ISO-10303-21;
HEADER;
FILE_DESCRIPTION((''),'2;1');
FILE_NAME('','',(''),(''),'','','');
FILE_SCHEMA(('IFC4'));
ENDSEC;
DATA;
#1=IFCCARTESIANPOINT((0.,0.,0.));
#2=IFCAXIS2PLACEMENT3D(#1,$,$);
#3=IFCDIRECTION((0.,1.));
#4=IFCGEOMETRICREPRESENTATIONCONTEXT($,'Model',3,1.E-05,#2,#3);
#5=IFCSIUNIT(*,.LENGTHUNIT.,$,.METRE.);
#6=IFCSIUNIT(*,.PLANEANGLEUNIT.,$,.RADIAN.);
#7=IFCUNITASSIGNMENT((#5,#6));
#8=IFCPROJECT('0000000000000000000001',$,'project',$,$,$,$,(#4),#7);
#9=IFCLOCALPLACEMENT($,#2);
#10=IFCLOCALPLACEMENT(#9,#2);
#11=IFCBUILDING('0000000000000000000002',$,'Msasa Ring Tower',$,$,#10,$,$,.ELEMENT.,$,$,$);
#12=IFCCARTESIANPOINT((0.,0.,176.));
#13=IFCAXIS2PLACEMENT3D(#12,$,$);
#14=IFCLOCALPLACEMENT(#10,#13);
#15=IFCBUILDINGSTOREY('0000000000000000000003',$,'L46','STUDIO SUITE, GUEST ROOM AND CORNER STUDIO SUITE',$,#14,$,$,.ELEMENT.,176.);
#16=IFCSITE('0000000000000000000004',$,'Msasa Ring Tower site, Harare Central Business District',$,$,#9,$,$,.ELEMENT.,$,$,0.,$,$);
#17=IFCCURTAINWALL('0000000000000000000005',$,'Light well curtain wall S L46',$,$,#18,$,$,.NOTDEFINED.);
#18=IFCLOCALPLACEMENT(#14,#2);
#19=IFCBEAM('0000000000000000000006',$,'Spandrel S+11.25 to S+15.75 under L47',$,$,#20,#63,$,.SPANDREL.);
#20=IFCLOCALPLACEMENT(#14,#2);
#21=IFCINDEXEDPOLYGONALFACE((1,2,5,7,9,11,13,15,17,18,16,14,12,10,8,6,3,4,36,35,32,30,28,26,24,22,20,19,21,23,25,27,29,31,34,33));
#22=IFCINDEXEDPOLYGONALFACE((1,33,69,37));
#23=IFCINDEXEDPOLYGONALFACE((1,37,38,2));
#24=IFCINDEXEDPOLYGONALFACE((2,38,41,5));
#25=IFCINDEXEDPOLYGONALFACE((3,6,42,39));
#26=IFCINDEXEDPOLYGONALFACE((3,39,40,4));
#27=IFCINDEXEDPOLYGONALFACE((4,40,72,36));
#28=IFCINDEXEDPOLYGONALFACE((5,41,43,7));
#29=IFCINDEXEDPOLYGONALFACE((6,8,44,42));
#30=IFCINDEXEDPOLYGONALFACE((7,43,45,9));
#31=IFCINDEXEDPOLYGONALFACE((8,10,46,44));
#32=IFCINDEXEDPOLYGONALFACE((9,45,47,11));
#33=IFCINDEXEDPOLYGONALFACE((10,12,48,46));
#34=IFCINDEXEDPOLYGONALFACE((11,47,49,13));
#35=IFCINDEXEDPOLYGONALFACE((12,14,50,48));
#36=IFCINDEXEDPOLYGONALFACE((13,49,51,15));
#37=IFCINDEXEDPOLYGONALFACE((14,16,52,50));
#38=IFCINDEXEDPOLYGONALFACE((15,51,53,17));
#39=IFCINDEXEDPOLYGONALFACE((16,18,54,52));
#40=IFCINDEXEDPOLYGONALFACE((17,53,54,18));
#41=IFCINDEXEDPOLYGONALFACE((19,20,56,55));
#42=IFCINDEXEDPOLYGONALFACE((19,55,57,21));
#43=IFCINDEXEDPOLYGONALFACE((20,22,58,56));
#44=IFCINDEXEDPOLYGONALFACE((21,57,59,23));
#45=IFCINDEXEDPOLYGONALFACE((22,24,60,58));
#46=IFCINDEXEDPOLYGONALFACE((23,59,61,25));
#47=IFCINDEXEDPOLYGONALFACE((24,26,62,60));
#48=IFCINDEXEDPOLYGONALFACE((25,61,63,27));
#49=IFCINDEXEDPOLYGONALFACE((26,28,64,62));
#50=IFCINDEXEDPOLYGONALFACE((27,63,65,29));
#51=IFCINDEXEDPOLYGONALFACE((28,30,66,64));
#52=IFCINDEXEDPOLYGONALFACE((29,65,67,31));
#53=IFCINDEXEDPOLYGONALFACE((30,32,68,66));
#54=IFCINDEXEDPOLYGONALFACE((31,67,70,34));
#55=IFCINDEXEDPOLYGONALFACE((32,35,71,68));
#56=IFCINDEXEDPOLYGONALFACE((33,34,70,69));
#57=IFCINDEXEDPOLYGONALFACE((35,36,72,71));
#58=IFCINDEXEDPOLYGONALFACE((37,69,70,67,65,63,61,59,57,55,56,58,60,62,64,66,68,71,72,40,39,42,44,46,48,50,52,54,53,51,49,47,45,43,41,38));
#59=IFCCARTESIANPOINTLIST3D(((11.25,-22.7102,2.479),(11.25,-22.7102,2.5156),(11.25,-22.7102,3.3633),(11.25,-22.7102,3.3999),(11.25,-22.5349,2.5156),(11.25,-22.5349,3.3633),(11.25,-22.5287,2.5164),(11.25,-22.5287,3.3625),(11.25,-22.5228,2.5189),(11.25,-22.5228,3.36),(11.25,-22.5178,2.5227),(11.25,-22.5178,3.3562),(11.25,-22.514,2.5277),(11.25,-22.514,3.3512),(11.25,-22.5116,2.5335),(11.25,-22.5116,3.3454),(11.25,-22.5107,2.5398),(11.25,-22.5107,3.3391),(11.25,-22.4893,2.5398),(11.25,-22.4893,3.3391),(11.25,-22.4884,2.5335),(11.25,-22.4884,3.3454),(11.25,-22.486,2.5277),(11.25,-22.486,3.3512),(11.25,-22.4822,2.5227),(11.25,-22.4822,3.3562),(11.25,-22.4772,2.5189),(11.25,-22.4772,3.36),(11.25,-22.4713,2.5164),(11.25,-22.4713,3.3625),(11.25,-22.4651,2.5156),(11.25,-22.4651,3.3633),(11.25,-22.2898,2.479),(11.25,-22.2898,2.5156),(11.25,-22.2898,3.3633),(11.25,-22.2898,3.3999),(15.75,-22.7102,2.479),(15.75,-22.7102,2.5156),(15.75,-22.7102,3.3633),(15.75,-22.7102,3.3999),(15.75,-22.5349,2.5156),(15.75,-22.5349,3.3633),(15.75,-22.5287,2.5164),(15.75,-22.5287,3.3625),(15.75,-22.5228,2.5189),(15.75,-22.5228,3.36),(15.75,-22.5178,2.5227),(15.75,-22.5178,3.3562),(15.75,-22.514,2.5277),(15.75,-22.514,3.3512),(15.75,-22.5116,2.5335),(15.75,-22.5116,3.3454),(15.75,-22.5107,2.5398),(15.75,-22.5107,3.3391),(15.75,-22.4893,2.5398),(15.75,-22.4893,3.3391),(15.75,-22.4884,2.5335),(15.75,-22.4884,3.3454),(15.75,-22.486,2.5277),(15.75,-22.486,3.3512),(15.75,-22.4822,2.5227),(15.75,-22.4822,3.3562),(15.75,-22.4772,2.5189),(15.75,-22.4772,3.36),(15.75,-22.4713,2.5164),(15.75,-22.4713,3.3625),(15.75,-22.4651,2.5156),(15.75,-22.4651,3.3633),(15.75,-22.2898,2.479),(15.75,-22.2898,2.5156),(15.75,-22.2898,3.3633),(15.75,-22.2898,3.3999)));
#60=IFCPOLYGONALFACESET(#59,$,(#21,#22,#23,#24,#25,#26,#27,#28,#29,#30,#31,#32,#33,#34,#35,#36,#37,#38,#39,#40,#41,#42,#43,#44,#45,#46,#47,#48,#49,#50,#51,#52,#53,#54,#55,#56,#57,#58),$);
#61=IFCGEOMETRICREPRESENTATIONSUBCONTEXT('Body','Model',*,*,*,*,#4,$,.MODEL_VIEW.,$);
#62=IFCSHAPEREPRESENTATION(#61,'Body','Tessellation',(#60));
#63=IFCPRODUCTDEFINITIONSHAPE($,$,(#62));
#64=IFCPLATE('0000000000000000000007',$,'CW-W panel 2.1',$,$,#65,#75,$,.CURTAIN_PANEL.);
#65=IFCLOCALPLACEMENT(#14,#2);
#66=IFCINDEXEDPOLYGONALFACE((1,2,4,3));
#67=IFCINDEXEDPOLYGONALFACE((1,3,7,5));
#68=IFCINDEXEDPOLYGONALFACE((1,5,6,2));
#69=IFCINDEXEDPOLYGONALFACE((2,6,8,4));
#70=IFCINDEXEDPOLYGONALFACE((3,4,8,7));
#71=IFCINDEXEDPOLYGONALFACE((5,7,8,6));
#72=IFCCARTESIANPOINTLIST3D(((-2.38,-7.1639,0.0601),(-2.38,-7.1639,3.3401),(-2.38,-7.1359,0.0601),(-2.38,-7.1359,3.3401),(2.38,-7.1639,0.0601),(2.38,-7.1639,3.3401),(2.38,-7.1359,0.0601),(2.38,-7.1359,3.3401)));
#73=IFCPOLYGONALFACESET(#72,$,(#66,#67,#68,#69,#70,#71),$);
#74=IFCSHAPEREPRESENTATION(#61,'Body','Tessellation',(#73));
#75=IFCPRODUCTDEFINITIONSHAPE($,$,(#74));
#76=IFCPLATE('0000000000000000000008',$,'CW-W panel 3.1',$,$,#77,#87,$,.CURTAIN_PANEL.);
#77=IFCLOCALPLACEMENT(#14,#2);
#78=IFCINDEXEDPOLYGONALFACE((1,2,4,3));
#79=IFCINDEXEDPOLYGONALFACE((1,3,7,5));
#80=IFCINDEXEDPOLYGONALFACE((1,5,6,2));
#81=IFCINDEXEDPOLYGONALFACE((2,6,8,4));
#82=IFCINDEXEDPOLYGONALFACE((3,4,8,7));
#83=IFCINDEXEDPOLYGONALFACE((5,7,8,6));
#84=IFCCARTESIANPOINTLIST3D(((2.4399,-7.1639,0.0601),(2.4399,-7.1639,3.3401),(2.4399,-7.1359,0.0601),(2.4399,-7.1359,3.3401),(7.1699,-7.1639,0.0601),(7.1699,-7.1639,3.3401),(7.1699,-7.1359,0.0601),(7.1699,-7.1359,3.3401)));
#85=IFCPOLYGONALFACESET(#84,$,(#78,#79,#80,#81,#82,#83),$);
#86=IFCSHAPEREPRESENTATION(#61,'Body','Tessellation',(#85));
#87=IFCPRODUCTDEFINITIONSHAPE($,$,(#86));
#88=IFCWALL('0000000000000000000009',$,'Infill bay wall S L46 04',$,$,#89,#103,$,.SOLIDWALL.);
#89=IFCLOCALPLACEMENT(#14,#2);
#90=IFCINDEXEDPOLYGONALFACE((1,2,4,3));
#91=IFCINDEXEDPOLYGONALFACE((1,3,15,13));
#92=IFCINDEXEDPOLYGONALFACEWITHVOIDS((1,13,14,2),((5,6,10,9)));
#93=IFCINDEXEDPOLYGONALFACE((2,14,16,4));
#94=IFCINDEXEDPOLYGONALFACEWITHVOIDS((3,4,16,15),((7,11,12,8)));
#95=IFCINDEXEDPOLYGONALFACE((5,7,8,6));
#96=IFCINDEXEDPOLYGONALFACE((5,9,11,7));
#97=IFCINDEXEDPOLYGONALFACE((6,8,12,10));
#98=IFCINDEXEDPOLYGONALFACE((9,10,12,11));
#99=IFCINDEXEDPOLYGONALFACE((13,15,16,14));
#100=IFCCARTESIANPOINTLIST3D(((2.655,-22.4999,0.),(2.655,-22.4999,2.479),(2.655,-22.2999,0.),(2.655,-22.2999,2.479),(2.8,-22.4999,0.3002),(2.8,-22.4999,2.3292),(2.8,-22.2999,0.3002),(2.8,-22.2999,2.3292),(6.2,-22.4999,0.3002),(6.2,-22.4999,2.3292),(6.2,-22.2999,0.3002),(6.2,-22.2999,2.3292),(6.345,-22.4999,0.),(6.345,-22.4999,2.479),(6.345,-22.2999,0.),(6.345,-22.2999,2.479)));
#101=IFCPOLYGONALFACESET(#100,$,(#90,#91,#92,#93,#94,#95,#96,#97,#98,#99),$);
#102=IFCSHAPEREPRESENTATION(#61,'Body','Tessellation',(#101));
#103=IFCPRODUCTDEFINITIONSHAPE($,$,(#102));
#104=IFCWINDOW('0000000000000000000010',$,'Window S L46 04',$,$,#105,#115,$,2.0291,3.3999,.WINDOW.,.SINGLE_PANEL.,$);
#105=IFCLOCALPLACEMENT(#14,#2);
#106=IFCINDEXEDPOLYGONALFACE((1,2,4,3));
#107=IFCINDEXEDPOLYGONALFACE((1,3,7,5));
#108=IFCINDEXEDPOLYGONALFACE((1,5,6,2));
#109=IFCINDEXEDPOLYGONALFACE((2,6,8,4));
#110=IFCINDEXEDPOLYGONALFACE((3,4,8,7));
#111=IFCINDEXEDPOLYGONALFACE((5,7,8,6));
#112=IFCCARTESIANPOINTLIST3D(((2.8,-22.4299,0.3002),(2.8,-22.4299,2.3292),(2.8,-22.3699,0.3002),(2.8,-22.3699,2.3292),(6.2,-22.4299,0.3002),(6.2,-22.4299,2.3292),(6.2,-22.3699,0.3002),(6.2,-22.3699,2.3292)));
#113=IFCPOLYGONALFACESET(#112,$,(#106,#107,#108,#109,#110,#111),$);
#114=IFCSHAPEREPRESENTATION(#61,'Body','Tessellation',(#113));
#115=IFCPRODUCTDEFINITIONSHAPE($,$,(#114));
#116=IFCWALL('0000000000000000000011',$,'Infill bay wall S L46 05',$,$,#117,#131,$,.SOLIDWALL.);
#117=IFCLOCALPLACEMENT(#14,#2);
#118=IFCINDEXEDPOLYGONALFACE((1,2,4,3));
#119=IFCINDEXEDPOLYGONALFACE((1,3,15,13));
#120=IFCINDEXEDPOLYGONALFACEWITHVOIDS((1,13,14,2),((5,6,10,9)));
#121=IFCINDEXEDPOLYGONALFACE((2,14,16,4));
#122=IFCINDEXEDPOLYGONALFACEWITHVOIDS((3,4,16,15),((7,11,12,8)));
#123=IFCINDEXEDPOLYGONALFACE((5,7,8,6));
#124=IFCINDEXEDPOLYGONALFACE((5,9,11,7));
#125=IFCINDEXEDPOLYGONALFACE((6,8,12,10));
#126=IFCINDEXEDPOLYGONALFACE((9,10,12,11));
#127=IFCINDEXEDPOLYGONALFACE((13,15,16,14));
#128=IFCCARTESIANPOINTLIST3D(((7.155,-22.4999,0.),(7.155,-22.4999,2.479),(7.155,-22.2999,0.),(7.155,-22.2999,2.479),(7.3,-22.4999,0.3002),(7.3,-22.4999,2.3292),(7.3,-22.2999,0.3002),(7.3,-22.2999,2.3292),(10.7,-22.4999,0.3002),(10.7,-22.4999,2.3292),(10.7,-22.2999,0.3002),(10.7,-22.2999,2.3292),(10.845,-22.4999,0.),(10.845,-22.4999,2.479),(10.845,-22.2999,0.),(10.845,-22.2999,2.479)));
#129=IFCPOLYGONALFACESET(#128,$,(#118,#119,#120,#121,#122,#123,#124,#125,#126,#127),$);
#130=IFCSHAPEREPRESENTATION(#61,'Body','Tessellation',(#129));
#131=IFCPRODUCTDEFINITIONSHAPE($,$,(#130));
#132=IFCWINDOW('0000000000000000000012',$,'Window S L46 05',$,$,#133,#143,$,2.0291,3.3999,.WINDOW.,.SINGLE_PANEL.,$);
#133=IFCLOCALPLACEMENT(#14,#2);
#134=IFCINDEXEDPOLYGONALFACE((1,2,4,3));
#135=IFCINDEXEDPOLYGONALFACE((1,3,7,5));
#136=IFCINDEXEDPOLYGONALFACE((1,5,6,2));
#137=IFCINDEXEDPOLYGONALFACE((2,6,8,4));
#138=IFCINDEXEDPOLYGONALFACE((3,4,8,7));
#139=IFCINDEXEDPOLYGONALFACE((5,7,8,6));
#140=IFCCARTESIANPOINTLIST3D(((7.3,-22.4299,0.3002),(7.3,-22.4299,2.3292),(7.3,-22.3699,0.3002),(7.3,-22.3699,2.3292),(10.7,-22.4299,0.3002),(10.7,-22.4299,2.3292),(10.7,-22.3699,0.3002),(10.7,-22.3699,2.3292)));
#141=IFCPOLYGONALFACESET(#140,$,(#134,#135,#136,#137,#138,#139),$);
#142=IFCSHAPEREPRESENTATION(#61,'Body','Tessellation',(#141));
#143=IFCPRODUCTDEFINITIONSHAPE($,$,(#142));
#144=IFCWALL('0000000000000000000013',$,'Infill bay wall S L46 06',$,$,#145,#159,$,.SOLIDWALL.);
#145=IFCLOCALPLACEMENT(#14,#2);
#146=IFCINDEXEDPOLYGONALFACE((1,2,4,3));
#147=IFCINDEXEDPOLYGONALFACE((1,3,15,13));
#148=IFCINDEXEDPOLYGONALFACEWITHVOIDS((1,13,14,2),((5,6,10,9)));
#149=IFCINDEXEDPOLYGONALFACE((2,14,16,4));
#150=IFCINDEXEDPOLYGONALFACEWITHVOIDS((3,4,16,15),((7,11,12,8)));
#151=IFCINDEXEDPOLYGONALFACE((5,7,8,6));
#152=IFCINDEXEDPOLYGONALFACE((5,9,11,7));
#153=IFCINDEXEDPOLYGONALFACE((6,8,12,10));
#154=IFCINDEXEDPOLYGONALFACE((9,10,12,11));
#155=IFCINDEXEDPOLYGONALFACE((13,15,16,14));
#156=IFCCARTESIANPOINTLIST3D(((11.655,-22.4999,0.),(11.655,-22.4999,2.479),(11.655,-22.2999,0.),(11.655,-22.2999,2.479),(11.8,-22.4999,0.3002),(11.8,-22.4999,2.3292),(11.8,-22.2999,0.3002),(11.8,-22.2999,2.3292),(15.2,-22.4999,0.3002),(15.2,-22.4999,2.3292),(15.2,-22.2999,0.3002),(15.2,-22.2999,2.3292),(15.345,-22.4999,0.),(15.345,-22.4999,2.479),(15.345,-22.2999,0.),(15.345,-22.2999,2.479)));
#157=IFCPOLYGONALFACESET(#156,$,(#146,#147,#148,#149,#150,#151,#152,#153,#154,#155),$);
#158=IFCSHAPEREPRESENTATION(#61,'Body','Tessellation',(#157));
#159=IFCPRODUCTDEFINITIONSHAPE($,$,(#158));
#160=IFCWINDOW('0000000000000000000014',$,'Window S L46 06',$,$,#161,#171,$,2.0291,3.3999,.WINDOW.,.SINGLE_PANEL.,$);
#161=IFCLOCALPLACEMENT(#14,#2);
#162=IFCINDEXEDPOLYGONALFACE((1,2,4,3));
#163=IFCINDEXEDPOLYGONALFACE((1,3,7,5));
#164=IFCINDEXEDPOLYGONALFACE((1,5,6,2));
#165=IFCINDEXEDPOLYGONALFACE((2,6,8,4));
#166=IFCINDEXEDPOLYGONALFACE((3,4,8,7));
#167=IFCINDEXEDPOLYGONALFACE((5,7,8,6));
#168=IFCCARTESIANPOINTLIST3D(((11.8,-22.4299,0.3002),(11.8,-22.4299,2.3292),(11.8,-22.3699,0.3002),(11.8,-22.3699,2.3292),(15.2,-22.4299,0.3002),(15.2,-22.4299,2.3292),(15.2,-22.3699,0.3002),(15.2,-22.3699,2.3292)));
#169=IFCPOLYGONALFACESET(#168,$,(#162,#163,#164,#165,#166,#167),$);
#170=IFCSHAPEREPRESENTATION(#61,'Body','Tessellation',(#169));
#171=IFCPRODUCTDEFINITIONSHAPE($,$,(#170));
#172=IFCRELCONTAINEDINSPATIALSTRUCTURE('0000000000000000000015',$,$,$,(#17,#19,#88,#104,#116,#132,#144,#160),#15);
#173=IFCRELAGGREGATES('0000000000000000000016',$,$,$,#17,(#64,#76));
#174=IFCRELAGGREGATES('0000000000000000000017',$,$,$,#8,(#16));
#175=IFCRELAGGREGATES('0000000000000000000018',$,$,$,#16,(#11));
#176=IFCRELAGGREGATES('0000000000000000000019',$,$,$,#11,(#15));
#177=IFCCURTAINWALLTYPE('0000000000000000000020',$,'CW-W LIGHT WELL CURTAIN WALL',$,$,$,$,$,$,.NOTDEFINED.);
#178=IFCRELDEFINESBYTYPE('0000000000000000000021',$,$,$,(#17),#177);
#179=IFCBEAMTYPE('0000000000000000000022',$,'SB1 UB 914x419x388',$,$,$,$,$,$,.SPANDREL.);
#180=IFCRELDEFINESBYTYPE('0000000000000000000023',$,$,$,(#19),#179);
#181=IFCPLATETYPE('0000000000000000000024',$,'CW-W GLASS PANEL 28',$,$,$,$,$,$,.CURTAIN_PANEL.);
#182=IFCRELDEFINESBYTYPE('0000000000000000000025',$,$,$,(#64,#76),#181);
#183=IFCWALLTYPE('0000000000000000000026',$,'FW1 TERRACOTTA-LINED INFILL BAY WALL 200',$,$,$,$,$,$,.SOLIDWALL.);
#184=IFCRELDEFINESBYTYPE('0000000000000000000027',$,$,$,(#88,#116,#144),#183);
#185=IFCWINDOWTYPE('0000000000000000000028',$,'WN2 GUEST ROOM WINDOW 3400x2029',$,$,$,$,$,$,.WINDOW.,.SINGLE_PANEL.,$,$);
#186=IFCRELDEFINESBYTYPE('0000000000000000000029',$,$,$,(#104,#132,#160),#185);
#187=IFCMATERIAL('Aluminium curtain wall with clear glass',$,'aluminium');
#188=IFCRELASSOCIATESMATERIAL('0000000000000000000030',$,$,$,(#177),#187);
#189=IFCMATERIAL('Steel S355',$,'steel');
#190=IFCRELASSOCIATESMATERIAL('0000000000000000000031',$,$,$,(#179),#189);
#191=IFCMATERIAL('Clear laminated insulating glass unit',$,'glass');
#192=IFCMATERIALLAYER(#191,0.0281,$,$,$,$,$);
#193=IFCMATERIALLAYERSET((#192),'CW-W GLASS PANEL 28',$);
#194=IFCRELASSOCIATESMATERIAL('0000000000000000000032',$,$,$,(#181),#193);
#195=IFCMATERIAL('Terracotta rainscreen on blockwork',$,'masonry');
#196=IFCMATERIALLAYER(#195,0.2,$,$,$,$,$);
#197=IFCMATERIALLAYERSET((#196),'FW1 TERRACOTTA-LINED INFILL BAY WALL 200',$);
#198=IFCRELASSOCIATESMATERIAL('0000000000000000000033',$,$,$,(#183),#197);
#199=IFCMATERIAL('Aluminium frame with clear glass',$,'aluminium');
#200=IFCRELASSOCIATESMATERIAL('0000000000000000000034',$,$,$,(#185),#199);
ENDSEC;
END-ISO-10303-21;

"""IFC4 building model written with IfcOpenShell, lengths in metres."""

from ifc_helpers import new_model, si_unit, direction, frame, frame_2d, origin, origin_2d, place, context, subcontext, project, spatial, rectangle, i_section, extrude, material, layer, layer_set, material_profile, profile_set, type_object, element, fill, aggregate, save


model = new_model("IFC4")

# Units and contexts
model_context = context("Model", 3, precision=1e-05, world=origin(), true_north=direction((0.0, 1.0)))
body_context = subcontext(model_context, "Body", "Model", "MODEL_VIEW")
ifc_project = project(units=[si_unit("LENGTHUNIT", "METRE"), si_unit("PLANEANGLEUNIT", "RADIAN")], contexts=[model_context])

# Site, building, storey
site_placement = place(None, origin())
site = spatial("IfcSite", under=ifc_project, at=site_placement, Name="Msasa Ring Tower site, Harare Central Business District", CompositionType="ELEMENT", RefElevation=0.0)
building_placement = place(site_placement, origin())
building = spatial("IfcBuilding", under=site, at=building_placement, Name="Msasa Ring Tower", CompositionType="ELEMENT")
storey_placement = place(building_placement, frame((0.0, 0.0, 176.0)))
storey = spatial("IfcBuildingStorey", under=building, at=storey_placement, Name="L46", Description="STUDIO SUITE, GUEST ROOM AND CORNER STUDIO SUITE", CompositionType="ELEMENT", Elevation=176.0)

# Curtain wall
ifc_material_1 = material(Name="Aluminium curtain wall with clear glass", Category="aluminium")
curtain_wall_type = type_object("IfcCurtainWallType", Name="CW-W LIGHT WELL CURTAIN WALL", PredefinedType="NOTDEFINED", material=ifc_material_1)
curtain_wall_1_placement = place(storey_placement, origin())
curtain_wall_1 = element("IfcCurtainWall", 1, at=curtain_wall_1_placement, inside=storey, type_object=curtain_wall_type, Name="Light well curtain wall S L46", PredefinedType="NOTDEFINED")

# Beam
ifc_material_2 = material(Name="Steel S355", Category="steel")
ifc_material_profile_1 = material_profile(ifc_material_2, i_section(OverallWidth=0.4204, OverallDepth=0.9209, WebThickness=0.0215, FlangeThickness=0.0366, FilletRadius=0.0242, at=origin_2d()), Name="UB 914x419x388")
ifc_profile_set_1 = profile_set([ifc_material_profile_1], Name="Steel S355")
beam_type_1 = type_object("IfcBeamType", Name="SB1 UB 914x419x388", PredefinedType="SPANDREL", material=ifc_profile_set_1)
for number, where, z_axis, x_axis, name in (
    (2, (11.25, -22.5, 2.9395), (1.0, 0.0, 0.0), (0.0, 1.0, 0.0), "Spandrel S+11.25 to S+15.75 under L47"),
):
    element("IfcBeam", number, at=place(storey_placement, frame(where, z_axis=z_axis, x_axis=x_axis)), inside=storey, type_object=beam_type_1, Name=name, PredefinedType="SPANDREL", context=body_context, shape_type="SweptSolid", body=[
        extrude(i_section(OverallWidth=0.4204, OverallDepth=0.9209, WebThickness=0.0215, FlangeThickness=0.0366, FilletRadius=0.0242, at=origin_2d()), origin(), (0.0, 0.0, 1.0), 4.5),
    ])

# Plates
ifc_material_3 = material(Name="Clear laminated insulating glass unit", Category="glass")
ifc_layer_1 = layer(ifc_material_3, 0.0281)
ifc_layer_set_1 = layer_set([ifc_layer_1], Name="CW-W GLASS PANEL 28")
plate_type = type_object("IfcPlateType", Name="CW-W GLASS PANEL 28", PredefinedType="CURTAIN_PANEL", material=ifc_layer_set_1)
plate_1_placement = place(storey_placement, frame((0.0, -7.1499, 0.0601), z_axis=(0.0, 0.0, 1.0), x_axis=(1.0, 0.0, 0.0)))
plate_1 = element("IfcPlate", 3, at=plate_1_placement, type_object=plate_type, Name="CW-W panel 2.1", PredefinedType="CURTAIN_PANEL", context=body_context, shape_type="SweptSolid", body=[
    extrude(rectangle(XDim=4.76, YDim=0.0281, at=origin_2d()), origin(), (0.0, 0.0, 1.0), 3.28),
])
plate_2_placement = place(storey_placement, frame((4.8049, -7.1499, 0.0601), z_axis=(0.0, 0.0, 1.0), x_axis=(1.0, 0.0, 0.0)))
plate_2 = element("IfcPlate", 4, at=plate_2_placement, type_object=plate_type, Name="CW-W panel 3.1", PredefinedType="CURTAIN_PANEL", context=body_context, shape_type="SweptSolid", body=[
    extrude(rectangle(XDim=4.73, YDim=0.0281, at=origin_2d()), origin(), (0.0, 0.0, 1.0), 3.28),
])
aggregate(curtain_wall_1, [plate_1, plate_2])

# Walls, openings, windows
ifc_material_4 = material(Name="Terracotta rainscreen on blockwork", Category="masonry")
ifc_layer_2 = layer(ifc_material_4, 0.2)
ifc_layer_set_2 = layer_set([ifc_layer_2], Name="FW1 TERRACOTTA-LINED INFILL BAY WALL 200")
wall_type_1 = type_object("IfcWallType", Name="FW1 TERRACOTTA-LINED INFILL BAY WALL 200", PredefinedType="SOLIDWALL", material=ifc_layer_set_2)
wall_1_placement = place(storey_placement, frame((2.655, -22.3999, 0.0), z_axis=(0.0, 0.0, 1.0), x_axis=(1.0, 0.0, 0.0)))
wall_1 = element("IfcWall", 5, at=wall_1_placement, inside=storey, type_object=wall_type_1, Name="Infill bay wall S L46 04", PredefinedType="SOLIDWALL", context=body_context, shape_type="SweptSolid", body=[
    extrude(rectangle(XDim=3.6899, YDim=0.2, at=frame_2d((1.845, 0.0))), origin(), (0.0, 0.0, 1.0), 2.479),
])
opening_1_placement = place(wall_1_placement, frame((0.145, 0.0, 0.3)))
opening_1 = element("IfcOpeningElement", 6, at=opening_1_placement, cuts=wall_1, PredefinedType="OPENING", context=body_context, shape_type="SweptSolid", body=[
    extrude(rectangle(XDim=3.3999, YDim=2.0291, at=frame_2d((1.7, 1.0146))), frame((0.0, 0.1099, 0.0), z_axis=(0.0, -1.0, 0.0), x_axis=(1.0, 0.0, 0.0)), (0.0, 0.0, 1.0), 0.22),
])
ifc_material_5 = material(Name="Aluminium frame with clear glass", Category="aluminium")
window_type = type_object("IfcWindowType", Name="WN2 GUEST ROOM WINDOW 3400x2029", PartitioningType="SINGLE_PANEL", PredefinedType="WINDOW", material=ifc_material_5)
window_1_placement = place(opening_1_placement, origin())
window_1 = element("IfcWindow", 7, at=window_1_placement, inside=storey, type_object=window_type, Name="Window S L46 04", OverallHeight=2.0291, OverallWidth=3.3999, PartitioningType="SINGLE_PANEL", PredefinedType="WINDOW", context=body_context, shape_type="SweptSolid", body=[
    extrude(rectangle(XDim=3.3999, YDim=2.0291, at=frame_2d((1.7, 1.0146))), frame((0.0, 0.03, 0.0), z_axis=(0.0, -1.0, 0.0), x_axis=(1.0, 0.0, 0.0)), (0.0, 0.0, 1.0), 0.0601),
])
fill(opening_1, window_1)
wall_2_placement = place(storey_placement, frame((7.155, -22.3999, 0.0), z_axis=(0.0, 0.0, 1.0), x_axis=(1.0, 0.0, 0.0)))
wall_2 = element("IfcWall", 8, at=wall_2_placement, inside=storey, type_object=wall_type_1, Name="Infill bay wall S L46 05", PredefinedType="SOLIDWALL", context=body_context, shape_type="SweptSolid", body=[
    extrude(rectangle(XDim=3.6899, YDim=0.2, at=frame_2d((1.845, 0.0))), origin(), (0.0, 0.0, 1.0), 2.479),
])
opening_2_placement = place(wall_2_placement, frame((0.145, 0.0, 0.3)))
opening_2 = element("IfcOpeningElement", 9, at=opening_2_placement, cuts=wall_2, PredefinedType="OPENING", context=body_context, shape_type="SweptSolid", body=[
    extrude(rectangle(XDim=3.3999, YDim=2.0291, at=frame_2d((1.7, 1.0146))), frame((0.0, 0.1099, 0.0), z_axis=(0.0, -1.0, 0.0), x_axis=(1.0, 0.0, 0.0)), (0.0, 0.0, 1.0), 0.22),
])
window_2_placement = place(opening_2_placement, origin())
window_2 = element("IfcWindow", 10, at=window_2_placement, inside=storey, type_object=window_type, Name="Window S L46 05", OverallHeight=2.0291, OverallWidth=3.3999, PartitioningType="SINGLE_PANEL", PredefinedType="WINDOW", context=body_context, shape_type="SweptSolid", body=[
    extrude(rectangle(XDim=3.3999, YDim=2.0291, at=frame_2d((1.7, 1.0146))), frame((0.0, 0.03, 0.0), z_axis=(0.0, -1.0, 0.0), x_axis=(1.0, 0.0, 0.0)), (0.0, 0.0, 1.0), 0.0601),
])
fill(opening_2, window_2)
wall_3_placement = place(storey_placement, frame((11.655, -22.3999, 0.0), z_axis=(0.0, 0.0, 1.0), x_axis=(1.0, 0.0, 0.0)))
wall_3 = element("IfcWall", 11, at=wall_3_placement, inside=storey, type_object=wall_type_1, Name="Infill bay wall S L46 06", PredefinedType="SOLIDWALL", context=body_context, shape_type="SweptSolid", body=[
    extrude(rectangle(XDim=3.6899, YDim=0.2, at=frame_2d((1.845, 0.0))), origin(), (0.0, 0.0, 1.0), 2.479),
])
opening_3_placement = place(wall_3_placement, frame((0.145, 0.0, 0.3)))
opening_3 = element("IfcOpeningElement", 12, at=opening_3_placement, cuts=wall_3, PredefinedType="OPENING", context=body_context, shape_type="SweptSolid", body=[
    extrude(rectangle(XDim=3.3999, YDim=2.0291, at=frame_2d((1.7, 1.0146))), frame((0.0, 0.1099, 0.0), z_axis=(0.0, -1.0, 0.0), x_axis=(1.0, 0.0, 0.0)), (0.0, 0.0, 1.0), 0.22),
])
window_3_placement = place(opening_3_placement, origin())
window_3 = element("IfcWindow", 13, at=window_3_placement, inside=storey, type_object=window_type, Name="Window S L46 06", OverallHeight=2.0291, OverallWidth=3.3999, PartitioningType="SINGLE_PANEL", PredefinedType="WINDOW", context=body_context, shape_type="SweptSolid", body=[
    extrude(rectangle(XDim=3.3999, YDim=2.0291, at=frame_2d((1.7, 1.0146))), frame((0.0, 0.03, 0.0), z_axis=(0.0, -1.0, 0.0), x_axis=(1.0, 0.0, 0.0)), (0.0, 0.0, 1.0), 0.0601),
])
fill(opening_3, window_3)

save(model, "model.ifc")
